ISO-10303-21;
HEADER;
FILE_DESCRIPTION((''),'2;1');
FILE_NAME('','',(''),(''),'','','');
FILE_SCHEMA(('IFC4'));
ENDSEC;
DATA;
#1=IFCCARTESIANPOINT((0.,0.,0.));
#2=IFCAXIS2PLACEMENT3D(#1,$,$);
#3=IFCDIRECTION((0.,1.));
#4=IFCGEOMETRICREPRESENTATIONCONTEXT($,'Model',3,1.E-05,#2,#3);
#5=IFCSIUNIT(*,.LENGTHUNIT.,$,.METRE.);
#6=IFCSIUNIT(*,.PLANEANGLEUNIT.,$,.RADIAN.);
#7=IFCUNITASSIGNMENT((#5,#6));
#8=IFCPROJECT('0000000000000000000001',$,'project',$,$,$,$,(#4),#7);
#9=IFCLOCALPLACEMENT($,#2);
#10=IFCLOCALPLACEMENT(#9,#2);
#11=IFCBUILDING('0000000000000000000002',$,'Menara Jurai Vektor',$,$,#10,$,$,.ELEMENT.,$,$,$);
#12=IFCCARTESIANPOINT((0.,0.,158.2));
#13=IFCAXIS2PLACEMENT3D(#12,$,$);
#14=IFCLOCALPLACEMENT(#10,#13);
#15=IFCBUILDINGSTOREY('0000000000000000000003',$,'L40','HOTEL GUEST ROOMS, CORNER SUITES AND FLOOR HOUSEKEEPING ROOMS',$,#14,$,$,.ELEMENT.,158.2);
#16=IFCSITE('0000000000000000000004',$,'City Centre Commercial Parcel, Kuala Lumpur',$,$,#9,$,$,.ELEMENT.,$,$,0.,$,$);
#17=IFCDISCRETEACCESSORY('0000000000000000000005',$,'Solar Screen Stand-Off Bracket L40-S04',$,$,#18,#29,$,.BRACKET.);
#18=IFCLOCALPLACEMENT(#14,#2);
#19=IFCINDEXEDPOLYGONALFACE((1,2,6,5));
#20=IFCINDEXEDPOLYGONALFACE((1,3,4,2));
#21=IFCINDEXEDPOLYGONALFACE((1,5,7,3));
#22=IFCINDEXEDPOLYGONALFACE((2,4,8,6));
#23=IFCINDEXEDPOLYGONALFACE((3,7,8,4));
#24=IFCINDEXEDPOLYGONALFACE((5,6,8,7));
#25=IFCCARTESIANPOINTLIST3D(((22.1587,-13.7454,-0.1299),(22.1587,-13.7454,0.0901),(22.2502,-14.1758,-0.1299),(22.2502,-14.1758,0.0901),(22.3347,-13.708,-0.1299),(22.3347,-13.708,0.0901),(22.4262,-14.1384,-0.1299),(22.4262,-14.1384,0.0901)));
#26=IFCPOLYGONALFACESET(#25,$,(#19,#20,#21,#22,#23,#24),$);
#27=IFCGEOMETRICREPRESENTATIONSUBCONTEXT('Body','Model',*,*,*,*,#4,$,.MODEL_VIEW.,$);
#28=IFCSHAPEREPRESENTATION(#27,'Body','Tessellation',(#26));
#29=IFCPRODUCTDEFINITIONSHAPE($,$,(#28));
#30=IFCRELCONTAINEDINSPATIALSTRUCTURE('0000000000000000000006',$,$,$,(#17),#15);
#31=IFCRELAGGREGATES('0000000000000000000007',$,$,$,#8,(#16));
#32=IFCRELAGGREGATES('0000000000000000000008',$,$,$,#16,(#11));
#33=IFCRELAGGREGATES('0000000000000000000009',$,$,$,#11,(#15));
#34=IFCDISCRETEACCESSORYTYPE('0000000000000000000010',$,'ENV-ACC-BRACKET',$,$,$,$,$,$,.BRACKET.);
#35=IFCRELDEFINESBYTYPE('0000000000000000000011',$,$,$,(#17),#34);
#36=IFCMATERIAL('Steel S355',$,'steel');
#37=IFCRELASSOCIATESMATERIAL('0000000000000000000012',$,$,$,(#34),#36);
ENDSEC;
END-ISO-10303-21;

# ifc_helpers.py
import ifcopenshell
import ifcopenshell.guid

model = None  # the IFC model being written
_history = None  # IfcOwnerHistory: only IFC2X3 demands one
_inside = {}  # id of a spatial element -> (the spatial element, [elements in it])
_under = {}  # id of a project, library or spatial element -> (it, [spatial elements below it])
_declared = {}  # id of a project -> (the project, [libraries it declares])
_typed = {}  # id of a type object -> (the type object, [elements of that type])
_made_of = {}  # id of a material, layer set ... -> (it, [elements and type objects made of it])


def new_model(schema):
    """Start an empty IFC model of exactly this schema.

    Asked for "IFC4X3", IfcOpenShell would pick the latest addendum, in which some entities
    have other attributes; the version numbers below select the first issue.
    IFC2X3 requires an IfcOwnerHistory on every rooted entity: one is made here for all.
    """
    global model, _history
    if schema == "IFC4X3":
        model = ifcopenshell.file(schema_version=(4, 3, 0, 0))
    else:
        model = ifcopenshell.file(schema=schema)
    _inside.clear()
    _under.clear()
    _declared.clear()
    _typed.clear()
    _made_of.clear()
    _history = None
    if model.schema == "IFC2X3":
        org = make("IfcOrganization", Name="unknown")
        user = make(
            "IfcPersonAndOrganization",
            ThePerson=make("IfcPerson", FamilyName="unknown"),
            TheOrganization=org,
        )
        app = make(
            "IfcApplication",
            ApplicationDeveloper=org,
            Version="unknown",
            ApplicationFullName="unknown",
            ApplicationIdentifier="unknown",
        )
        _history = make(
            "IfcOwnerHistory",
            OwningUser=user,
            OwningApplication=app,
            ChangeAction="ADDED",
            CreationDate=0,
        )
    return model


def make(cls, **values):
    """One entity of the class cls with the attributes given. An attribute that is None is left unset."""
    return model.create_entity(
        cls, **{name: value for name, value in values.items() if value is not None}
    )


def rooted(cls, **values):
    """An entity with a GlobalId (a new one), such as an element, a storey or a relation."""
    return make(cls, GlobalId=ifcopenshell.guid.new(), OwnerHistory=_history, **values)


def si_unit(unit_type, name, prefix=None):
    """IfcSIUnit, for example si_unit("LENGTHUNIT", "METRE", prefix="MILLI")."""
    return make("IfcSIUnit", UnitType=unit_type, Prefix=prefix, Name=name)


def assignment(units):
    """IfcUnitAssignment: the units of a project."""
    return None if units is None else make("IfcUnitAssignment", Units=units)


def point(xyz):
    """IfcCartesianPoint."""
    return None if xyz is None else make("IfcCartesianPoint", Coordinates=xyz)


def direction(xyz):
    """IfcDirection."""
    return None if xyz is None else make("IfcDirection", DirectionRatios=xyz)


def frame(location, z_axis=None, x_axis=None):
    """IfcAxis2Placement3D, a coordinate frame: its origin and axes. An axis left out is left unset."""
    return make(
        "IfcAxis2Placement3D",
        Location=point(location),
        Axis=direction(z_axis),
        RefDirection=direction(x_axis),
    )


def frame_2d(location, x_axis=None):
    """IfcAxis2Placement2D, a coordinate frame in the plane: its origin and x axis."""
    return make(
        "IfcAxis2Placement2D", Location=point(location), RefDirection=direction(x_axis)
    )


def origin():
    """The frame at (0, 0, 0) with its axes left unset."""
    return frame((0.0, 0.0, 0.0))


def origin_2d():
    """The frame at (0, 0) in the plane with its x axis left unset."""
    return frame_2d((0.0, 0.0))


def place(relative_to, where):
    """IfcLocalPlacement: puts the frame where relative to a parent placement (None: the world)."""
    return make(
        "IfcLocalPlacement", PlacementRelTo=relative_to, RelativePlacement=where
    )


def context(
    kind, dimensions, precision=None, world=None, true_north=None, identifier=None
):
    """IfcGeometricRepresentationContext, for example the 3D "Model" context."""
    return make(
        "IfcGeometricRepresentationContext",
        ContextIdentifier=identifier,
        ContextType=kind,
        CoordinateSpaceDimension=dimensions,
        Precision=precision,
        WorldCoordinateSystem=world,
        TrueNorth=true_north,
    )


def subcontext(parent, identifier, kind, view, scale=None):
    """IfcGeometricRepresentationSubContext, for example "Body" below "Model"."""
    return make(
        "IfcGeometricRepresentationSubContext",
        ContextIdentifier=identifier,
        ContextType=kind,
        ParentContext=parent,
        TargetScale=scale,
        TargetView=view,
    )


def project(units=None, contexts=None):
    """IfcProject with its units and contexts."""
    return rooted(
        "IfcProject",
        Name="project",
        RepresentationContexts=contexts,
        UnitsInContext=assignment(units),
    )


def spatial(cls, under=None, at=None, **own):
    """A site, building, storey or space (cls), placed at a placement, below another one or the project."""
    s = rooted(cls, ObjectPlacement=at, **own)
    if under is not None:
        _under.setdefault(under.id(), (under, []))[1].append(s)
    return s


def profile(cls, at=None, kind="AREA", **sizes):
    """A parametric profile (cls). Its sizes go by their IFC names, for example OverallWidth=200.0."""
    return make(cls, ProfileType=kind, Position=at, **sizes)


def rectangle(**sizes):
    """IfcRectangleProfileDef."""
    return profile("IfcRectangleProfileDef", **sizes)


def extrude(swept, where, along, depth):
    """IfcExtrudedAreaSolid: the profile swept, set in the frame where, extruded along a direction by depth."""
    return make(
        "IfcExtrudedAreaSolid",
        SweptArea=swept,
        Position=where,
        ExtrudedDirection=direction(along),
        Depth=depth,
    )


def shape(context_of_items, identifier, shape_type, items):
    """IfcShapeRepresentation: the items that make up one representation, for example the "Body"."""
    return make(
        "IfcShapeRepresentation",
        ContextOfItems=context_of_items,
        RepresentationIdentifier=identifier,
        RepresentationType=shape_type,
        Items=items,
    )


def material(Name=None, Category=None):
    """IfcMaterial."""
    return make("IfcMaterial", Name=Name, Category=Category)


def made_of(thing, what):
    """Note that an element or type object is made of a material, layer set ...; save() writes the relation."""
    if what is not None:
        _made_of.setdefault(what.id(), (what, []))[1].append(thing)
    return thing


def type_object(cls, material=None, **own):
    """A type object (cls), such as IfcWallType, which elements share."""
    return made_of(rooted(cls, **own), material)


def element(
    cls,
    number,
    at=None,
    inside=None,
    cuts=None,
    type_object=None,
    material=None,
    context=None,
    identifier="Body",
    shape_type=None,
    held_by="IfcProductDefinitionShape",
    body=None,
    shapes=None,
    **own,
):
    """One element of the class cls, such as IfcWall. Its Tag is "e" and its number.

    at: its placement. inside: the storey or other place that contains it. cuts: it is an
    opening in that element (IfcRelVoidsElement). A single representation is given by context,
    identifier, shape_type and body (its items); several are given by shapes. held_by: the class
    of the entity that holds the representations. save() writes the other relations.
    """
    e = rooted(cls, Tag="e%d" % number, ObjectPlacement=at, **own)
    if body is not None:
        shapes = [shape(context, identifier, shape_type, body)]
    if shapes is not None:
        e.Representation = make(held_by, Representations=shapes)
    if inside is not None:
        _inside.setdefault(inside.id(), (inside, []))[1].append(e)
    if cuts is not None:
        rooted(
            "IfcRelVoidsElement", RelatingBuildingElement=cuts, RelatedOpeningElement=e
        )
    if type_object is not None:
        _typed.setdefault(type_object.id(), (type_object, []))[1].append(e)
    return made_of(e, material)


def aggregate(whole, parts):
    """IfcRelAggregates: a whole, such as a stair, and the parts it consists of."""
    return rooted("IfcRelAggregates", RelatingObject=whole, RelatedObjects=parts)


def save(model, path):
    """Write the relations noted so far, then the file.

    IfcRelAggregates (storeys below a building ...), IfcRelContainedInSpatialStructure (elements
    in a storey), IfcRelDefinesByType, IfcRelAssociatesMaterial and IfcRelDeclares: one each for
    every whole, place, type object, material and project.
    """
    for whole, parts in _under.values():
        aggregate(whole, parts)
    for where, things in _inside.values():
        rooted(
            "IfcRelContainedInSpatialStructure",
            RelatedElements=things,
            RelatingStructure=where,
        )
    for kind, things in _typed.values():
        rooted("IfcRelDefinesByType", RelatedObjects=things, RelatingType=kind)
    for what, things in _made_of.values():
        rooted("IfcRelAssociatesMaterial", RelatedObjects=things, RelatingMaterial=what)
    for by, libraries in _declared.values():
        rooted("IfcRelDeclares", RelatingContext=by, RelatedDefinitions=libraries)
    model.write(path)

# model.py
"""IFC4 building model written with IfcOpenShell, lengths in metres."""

from ifc_helpers import new_model, si_unit, direction, frame, origin, origin_2d, place, context, subcontext, project, spatial, rectangle, extrude, material, type_object, element, save


model = new_model("IFC4")

# Units and contexts
model_context = context("Model", 3, precision=1e-05, world=origin(), true_north=direction((0.0, 1.0)))
body_context = subcontext(model_context, "Body", "Model", "MODEL_VIEW")
ifc_project = project(units=[si_unit("LENGTHUNIT", "METRE"), si_unit("PLANEANGLEUNIT", "RADIAN")], contexts=[model_context])

# Site, building, storey
site_placement = place(None, origin())
site = spatial("IfcSite", under=ifc_project, at=site_placement, Name="City Centre Commercial Parcel, Kuala Lumpur", CompositionType="ELEMENT", RefElevation=0.0)
building_placement = place(site_placement, origin())
building = spatial("IfcBuilding", under=site, at=building_placement, Name="Menara Jurai Vektor", CompositionType="ELEMENT")
storey_placement = place(building_placement, frame((0.0, 0.0, 158.2)))
storey = spatial("IfcBuildingStorey", under=building, at=storey_placement, Name="L40", Description="HOTEL GUEST ROOMS, CORNER SUITES AND FLOOR HOUSEKEEPING ROOMS", CompositionType="ELEMENT", Elevation=158.2)

# Shared definitions
ifc_material_1 = material(Name="Steel S355", Category="steel")

# Discrete accessory
discrete_accessory_type = type_object("IfcDiscreteAccessoryType", Name="ENV-ACC-BRACKET", PredefinedType="BRACKET", material=ifc_material_1)
discrete_accessory_placement = place(storey_placement, frame((22.2925, -13.9419, -0.1299), z_axis=(0.0, 0.0, 1.0), x_axis=(0.978148, 0.207912, 0.0)))
element("IfcDiscreteAccessory", 1, at=discrete_accessory_placement, inside=storey, type_object=discrete_accessory_type, Name="Solar Screen Stand-Off Bracket L40-S04", PredefinedType="BRACKET", context=body_context, shape_type="SweptSolid", body=[
    extrude(rectangle(XDim=0.1799, YDim=0.4399, at=origin_2d()), origin(), (0.0, 0.0, 1.0), 0.22),
])

save(model, "model.ifc")
